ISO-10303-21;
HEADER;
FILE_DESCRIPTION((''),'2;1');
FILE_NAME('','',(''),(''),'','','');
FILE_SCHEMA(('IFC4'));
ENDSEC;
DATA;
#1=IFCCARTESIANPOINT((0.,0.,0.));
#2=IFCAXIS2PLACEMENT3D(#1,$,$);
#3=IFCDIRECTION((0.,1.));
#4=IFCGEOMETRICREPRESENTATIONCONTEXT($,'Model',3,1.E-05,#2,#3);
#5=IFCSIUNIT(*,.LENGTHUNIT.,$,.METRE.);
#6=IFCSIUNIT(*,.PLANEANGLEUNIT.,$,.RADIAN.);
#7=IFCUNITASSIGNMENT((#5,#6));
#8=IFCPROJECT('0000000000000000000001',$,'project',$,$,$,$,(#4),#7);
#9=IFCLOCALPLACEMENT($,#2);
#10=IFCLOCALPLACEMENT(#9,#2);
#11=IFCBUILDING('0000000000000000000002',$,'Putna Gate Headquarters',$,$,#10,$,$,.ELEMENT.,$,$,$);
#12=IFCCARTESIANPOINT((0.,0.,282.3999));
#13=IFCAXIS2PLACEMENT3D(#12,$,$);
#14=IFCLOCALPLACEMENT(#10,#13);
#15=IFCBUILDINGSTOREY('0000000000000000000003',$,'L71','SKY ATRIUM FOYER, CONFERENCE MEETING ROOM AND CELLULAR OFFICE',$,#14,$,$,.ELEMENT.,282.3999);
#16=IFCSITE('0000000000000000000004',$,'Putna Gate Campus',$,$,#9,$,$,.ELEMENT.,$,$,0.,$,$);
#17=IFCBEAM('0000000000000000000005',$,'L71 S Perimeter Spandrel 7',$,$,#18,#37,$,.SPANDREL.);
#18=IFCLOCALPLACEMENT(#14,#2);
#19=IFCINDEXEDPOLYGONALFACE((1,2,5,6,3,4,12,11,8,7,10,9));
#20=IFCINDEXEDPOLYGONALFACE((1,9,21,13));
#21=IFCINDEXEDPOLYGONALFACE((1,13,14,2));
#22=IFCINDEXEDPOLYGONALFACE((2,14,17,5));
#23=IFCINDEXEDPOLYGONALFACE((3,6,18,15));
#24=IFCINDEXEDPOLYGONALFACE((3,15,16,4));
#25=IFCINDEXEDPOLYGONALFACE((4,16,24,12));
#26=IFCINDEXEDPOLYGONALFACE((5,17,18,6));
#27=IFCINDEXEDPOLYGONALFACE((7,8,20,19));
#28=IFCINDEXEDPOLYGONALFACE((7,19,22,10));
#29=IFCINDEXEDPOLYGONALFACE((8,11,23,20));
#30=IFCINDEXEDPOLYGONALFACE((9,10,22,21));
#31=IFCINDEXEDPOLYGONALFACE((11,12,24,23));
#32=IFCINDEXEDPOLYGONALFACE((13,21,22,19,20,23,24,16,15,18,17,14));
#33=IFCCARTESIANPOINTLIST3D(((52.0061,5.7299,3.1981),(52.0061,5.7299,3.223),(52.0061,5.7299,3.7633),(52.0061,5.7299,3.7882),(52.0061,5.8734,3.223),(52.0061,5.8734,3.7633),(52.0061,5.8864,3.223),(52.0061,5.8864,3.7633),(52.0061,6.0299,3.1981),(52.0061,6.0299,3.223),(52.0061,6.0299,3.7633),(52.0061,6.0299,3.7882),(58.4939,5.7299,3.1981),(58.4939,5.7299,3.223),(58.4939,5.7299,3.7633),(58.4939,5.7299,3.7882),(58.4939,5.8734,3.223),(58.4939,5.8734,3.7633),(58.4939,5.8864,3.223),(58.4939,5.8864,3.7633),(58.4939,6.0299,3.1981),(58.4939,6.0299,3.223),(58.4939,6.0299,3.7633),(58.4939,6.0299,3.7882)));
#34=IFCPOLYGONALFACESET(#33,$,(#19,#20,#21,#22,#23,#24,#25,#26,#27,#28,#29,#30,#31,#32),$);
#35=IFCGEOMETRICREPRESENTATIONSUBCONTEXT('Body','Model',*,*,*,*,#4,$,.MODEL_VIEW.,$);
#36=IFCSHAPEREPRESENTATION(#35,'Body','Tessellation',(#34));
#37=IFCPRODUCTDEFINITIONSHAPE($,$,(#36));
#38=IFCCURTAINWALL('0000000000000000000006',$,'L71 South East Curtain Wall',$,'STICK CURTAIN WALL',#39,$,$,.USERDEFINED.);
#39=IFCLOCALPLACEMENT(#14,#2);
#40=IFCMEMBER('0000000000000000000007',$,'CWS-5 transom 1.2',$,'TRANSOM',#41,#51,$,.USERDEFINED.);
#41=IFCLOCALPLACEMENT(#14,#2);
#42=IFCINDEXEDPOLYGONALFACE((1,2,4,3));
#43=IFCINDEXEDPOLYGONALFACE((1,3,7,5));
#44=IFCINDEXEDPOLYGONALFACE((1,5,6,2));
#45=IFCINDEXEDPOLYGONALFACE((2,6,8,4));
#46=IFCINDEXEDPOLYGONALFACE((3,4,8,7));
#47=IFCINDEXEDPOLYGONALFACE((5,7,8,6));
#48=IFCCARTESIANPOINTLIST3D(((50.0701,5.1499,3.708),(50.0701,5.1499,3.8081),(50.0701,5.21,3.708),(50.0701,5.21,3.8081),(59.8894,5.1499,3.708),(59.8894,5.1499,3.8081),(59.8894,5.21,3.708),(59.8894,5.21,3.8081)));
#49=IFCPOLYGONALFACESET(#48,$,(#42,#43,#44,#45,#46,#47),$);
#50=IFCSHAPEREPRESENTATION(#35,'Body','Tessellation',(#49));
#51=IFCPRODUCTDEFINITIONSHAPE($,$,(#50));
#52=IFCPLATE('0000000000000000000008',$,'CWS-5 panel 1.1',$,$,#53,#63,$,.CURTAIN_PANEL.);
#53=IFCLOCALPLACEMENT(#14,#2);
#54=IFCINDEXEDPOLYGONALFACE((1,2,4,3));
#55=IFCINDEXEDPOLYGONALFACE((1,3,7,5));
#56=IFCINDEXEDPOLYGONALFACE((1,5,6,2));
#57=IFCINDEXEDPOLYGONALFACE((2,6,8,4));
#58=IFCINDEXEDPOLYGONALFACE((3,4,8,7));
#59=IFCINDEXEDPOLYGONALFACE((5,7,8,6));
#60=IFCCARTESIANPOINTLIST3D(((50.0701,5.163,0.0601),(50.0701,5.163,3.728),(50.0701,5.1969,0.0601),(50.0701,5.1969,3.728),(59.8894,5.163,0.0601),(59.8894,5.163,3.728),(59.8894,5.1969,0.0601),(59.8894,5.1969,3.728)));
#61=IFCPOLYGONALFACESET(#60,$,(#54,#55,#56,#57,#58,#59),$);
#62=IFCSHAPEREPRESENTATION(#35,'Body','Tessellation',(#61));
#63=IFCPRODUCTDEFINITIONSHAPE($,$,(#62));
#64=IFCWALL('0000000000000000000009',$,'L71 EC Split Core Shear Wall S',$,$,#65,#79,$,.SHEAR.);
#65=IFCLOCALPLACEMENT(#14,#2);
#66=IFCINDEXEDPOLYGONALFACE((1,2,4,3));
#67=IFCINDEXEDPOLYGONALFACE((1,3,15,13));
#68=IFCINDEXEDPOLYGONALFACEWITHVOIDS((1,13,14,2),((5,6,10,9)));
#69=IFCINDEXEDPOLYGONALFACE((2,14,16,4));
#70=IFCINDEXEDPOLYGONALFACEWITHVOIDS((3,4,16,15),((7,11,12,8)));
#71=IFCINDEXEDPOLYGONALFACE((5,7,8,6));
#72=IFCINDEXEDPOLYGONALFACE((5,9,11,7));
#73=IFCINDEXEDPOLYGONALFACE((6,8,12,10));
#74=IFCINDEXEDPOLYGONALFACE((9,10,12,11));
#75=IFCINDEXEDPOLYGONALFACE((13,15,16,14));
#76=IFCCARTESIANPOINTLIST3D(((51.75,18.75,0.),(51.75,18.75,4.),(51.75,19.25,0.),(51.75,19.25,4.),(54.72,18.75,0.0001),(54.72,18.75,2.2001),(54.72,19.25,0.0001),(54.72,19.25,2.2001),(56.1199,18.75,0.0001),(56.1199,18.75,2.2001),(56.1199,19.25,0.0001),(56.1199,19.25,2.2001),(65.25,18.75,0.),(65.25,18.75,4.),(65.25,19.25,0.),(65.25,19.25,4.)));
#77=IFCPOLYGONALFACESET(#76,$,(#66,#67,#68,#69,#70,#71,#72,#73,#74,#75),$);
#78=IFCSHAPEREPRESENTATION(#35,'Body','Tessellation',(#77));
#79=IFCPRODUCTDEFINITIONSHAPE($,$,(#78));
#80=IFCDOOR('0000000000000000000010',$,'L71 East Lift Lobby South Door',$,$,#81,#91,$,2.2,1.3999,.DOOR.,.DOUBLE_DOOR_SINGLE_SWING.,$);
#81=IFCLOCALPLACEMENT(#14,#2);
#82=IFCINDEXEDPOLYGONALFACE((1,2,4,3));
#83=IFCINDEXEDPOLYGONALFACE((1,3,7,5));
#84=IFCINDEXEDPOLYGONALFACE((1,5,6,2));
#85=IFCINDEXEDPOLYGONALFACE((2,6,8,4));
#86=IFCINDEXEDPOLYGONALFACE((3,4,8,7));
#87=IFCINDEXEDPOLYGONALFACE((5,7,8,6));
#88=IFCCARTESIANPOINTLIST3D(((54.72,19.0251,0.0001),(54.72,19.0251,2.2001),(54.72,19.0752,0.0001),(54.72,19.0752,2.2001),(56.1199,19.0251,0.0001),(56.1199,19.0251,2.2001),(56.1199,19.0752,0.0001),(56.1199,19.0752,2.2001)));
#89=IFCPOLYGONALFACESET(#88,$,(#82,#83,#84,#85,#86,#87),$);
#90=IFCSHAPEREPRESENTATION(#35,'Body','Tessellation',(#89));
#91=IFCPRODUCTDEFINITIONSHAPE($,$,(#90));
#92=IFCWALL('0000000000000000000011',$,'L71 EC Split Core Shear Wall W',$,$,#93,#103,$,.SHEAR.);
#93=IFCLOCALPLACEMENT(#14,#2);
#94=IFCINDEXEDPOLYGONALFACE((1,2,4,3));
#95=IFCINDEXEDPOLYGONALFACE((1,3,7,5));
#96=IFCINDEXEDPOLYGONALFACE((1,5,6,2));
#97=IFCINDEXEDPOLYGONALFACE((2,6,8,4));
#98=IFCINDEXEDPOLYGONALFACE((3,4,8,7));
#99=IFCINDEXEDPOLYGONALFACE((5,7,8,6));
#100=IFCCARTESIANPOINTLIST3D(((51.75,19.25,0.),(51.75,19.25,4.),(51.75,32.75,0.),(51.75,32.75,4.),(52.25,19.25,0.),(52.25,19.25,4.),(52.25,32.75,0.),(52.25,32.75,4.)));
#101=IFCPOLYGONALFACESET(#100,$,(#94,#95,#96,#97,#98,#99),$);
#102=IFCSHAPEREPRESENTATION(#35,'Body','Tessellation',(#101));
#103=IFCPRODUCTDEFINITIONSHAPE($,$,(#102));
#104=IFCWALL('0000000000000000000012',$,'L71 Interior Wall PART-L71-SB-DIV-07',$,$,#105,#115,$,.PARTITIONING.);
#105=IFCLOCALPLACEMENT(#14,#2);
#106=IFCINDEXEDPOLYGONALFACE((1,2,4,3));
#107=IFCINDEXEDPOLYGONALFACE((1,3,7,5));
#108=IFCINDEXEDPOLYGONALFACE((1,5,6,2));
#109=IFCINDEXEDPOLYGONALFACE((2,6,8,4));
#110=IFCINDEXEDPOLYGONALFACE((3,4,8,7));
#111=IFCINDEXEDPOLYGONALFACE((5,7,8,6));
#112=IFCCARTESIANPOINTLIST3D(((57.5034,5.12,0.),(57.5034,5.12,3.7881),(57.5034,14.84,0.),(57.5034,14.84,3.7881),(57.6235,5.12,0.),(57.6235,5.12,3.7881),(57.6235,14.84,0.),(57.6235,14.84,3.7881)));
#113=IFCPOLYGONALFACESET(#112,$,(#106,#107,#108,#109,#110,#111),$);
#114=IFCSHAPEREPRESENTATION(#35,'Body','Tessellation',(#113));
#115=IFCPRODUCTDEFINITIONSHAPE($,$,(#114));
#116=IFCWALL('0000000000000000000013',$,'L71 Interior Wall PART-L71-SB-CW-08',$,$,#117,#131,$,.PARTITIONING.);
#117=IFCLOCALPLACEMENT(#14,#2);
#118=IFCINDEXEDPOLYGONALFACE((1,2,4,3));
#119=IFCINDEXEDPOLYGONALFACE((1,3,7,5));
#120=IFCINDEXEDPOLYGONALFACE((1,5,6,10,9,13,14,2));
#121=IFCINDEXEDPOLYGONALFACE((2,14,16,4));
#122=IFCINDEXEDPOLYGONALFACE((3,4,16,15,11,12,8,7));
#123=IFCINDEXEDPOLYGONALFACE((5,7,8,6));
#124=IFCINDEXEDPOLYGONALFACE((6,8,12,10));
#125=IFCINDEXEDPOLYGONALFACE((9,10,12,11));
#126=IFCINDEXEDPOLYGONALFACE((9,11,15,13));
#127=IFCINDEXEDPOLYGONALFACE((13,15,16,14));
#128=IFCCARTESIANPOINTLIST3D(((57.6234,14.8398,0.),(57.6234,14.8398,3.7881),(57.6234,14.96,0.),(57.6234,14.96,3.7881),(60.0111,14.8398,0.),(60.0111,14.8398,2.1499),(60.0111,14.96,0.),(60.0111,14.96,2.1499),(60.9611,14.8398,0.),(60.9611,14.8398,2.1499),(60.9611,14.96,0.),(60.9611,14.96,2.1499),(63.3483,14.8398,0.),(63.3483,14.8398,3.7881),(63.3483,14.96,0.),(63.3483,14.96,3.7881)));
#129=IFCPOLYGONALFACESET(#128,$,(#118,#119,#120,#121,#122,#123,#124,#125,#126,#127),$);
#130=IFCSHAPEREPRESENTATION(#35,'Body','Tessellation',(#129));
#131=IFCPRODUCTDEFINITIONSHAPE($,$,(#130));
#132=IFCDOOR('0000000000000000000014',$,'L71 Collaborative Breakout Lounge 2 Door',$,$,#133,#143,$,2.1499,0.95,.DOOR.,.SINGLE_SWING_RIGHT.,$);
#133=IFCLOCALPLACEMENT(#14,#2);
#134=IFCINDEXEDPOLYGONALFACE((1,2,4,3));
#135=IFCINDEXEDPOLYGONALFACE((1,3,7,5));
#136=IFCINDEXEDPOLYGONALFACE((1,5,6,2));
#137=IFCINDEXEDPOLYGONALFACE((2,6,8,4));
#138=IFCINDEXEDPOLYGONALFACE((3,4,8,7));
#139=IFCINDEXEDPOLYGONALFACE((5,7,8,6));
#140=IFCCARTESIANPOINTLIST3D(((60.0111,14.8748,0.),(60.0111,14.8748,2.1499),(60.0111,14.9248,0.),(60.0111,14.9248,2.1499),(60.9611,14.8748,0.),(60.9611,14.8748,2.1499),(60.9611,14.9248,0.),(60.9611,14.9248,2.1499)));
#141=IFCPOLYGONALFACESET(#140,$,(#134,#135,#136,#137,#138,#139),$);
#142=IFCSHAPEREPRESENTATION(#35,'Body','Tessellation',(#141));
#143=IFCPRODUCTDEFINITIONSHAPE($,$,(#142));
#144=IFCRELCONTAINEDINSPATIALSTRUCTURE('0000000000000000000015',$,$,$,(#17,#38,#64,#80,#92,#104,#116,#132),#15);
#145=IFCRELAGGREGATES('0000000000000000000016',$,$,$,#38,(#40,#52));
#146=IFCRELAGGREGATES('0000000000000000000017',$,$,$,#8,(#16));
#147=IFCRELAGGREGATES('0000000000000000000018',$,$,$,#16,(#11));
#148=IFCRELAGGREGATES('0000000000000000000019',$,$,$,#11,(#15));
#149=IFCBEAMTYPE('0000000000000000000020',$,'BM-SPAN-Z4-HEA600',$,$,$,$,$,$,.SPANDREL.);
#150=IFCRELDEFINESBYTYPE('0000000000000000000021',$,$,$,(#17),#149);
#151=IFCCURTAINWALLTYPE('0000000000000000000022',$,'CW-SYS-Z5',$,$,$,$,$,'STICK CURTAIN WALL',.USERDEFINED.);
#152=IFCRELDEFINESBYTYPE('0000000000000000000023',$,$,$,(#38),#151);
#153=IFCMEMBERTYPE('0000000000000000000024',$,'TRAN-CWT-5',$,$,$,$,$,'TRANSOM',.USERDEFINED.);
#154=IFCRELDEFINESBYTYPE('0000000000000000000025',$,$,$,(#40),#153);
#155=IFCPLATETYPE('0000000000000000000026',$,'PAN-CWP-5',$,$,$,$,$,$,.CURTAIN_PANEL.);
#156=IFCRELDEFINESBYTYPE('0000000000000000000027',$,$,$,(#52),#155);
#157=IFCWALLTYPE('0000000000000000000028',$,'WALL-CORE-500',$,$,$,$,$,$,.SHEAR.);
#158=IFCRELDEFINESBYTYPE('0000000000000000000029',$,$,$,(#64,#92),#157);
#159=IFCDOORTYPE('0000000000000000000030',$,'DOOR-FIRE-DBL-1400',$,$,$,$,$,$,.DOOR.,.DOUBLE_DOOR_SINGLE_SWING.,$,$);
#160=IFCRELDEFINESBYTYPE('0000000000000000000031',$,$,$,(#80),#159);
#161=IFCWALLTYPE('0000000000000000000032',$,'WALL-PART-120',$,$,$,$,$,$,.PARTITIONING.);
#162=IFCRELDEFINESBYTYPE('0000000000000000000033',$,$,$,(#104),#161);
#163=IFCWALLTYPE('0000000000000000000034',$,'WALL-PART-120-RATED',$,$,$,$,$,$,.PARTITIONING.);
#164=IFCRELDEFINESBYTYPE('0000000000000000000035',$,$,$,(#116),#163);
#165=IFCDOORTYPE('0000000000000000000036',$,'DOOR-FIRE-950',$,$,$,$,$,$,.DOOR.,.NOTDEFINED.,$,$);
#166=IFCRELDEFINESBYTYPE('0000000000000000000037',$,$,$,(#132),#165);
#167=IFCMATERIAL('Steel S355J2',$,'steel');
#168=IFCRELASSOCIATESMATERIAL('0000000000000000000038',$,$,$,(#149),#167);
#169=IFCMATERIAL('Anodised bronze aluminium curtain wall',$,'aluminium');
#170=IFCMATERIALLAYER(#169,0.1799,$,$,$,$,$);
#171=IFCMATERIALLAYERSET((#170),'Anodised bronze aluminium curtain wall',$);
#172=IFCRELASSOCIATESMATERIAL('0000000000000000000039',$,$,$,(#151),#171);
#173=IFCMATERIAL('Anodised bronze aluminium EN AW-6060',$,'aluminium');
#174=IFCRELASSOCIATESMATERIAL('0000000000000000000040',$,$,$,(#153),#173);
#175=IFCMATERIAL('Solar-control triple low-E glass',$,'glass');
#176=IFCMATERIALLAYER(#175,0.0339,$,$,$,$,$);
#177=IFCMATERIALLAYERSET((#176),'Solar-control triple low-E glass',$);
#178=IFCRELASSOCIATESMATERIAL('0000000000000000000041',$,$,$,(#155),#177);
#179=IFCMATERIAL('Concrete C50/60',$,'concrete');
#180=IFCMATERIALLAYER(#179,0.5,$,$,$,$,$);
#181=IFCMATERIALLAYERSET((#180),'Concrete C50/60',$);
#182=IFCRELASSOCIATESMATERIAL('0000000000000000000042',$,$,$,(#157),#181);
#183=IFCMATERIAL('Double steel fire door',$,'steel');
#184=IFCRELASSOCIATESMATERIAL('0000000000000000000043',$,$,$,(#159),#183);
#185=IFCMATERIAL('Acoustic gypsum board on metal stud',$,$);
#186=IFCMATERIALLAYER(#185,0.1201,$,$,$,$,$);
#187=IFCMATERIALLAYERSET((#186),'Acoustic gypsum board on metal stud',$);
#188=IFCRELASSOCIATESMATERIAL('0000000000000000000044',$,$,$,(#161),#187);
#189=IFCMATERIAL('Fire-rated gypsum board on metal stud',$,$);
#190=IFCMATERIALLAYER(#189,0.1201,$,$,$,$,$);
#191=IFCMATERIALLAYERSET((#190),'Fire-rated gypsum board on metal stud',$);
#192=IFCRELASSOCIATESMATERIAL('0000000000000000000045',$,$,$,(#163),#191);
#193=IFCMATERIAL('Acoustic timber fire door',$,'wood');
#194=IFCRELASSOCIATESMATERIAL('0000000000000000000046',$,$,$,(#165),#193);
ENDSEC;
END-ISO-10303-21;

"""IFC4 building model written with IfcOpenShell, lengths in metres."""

from ifc_helpers import new_model, si_unit, direction, frame, frame_2d, origin, origin_2d, place, context, subcontext, project, spatial, rectangle, i_section, extrude, material, layer, layer_set, material_profile, profile_set, type_object, element, fill, aggregate, save


model = new_model("IFC4")

# Units and contexts
model_context = context("Model", 3, precision=1e-05, world=origin(), true_north=direction((0.0, 1.0)))
body_context = subcontext(model_context, "Body", "Model", "MODEL_VIEW")
ifc_project = project(units=[si_unit("LENGTHUNIT", "METRE"), si_unit("PLANEANGLEUNIT", "RADIAN")], contexts=[model_context])

# Site, building, storey
site_placement = place(None, origin())
site = spatial("IfcSite", under=ifc_project, at=site_placement, Name="Putna Gate Campus", CompositionType="ELEMENT", RefElevation=0.0)
building_placement = place(site_placement, origin())
building = spatial("IfcBuilding", under=site, at=building_placement, Name="Putna Gate Headquarters", CompositionType="ELEMENT")
storey_placement = place(building_placement, frame((0.0, 0.0, 282.3999)))
storey = spatial("IfcBuildingStorey", under=building, at=storey_placement, Name="L71", Description="SKY ATRIUM FOYER, CONFERENCE MEETING ROOM AND CELLULAR OFFICE", CompositionType="ELEMENT", Elevation=282.3999)

# Beam
ifc_material_1 = material(Name="Steel S355J2", Category="steel")
ifc_material_profile_1 = material_profile(ifc_material_1, i_section(OverallWidth=0.3, OverallDepth=0.5901, WebThickness=0.0129, FlangeThickness=0.0249, at=origin_2d()), Name="Steel S355J2")
ifc_profile_set_1 = profile_set([ifc_material_profile_1], Name="Steel S355J2")
beam_type_1 = type_object("IfcBeamType", Name="BM-SPAN-Z4-HEA600", PredefinedType="SPANDREL", material=ifc_profile_set_1)
beam_1_placement = place(storey_placement, frame((52.0061, 5.8799, 3.4932), z_axis=(1.0, 0.0, 0.0), x_axis=(0.0, 1.0, 0.0)))
element("IfcBeam", 1, at=beam_1_placement, inside=storey, type_object=beam_type_1, Name="L71 S Perimeter Spandrel 7", PredefinedType="SPANDREL", context=body_context, shape_type="SweptSolid", body=[
    extrude(i_section(OverallWidth=0.3, OverallDepth=0.5901, WebThickness=0.0129, FlangeThickness=0.0249, at=origin_2d()), origin(), (0.0, 0.0, 1.0), 6.4878),
])

# Curtain wall, member, plate
ifc_material_2 = material(Name="Anodised bronze aluminium curtain wall", Category="aluminium")
ifc_layer_1 = layer(ifc_material_2, 0.1799)
ifc_layer_set_1 = layer_set([ifc_layer_1], Name="Anodised bronze aluminium curtain wall")
curtain_wall_type = type_object("IfcCurtainWallType", Name="CW-SYS-Z5", ElementType="STICK CURTAIN WALL", PredefinedType="USERDEFINED", material=ifc_layer_set_1)
curtain_wall_placement = place(storey_placement, origin())
curtain_wall = element("IfcCurtainWall", 2, at=curtain_wall_placement, inside=storey, type_object=curtain_wall_type, Name="L71 South East Curtain Wall", ObjectType="STICK CURTAIN WALL", PredefinedType="USERDEFINED")
ifc_material_3 = material(Name="Anodised bronze aluminium EN AW-6060", Category="aluminium")
ifc_material_profile_2 = material_profile(ifc_material_3, rectangle(XDim=0.0601, YDim=0.1001, at=origin_2d()), Name="Anodised bronze aluminium EN AW-6060")
ifc_profile_set_2 = profile_set([ifc_material_profile_2], Name="Anodised bronze aluminium EN AW-6060")
member_type = type_object("IfcMemberType", Name="TRAN-CWT-5", ElementType="TRANSOM", PredefinedType="USERDEFINED", material=ifc_profile_set_2)
member_placement = place(storey_placement, frame((50.0701, 5.1799, 3.7581), z_axis=(1.0, 0.0, 0.0), x_axis=(0.0, 1.0, 0.0)))
member = element("IfcMember", 3, at=member_placement, type_object=member_type, Name="CWS-5 transom 1.2", ObjectType="TRANSOM", PredefinedType="USERDEFINED", context=body_context, shape_type="SweptSolid", body=[
    extrude(rectangle(XDim=0.0601, YDim=0.1001, at=origin_2d()), origin(), (0.0, 0.0, 1.0), 9.8193),
])
ifc_material_4 = material(Name="Solar-control triple low-E glass", Category="glass")
ifc_layer_2 = layer(ifc_material_4, 0.0339)
ifc_layer_set_2 = layer_set([ifc_layer_2], Name="Solar-control triple low-E glass")
plate_type = type_object("IfcPlateType", Name="PAN-CWP-5", PredefinedType="CURTAIN_PANEL", material=ifc_layer_set_2)
plate_placement = place(storey_placement, frame((54.9797, 5.1799, 0.0601), z_axis=(0.0, 0.0, 1.0), x_axis=(1.0, 0.0, 0.0)))
plate = element("IfcPlate", 4, at=plate_placement, type_object=plate_type, Name="CWS-5 panel 1.1", PredefinedType="CURTAIN_PANEL", context=body_context, shape_type="SweptSolid", body=[
    extrude(rectangle(XDim=9.8193, YDim=0.0339, at=origin_2d()), origin(), (0.0, 0.0, 1.0), 3.668),
])
aggregate(curtain_wall, [member, plate])

# Wall, opening, door
ifc_material_5 = material(Name="Concrete C50/60", Category="concrete")
ifc_layer_3 = layer(ifc_material_5, 0.5)
ifc_layer_set_3 = layer_set([ifc_layer_3], Name="Concrete C50/60")
wall_type_1 = type_object("IfcWallType", Name="WALL-CORE-500", PredefinedType="SHEAR", material=ifc_layer_set_3)
wall_1_placement = place(storey_placement, frame((51.75, 19.0, 0.0), z_axis=(0.0, 0.0, 1.0), x_axis=(1.0, 0.0, 0.0)))
wall_1 = element("IfcWall", 5, at=wall_1_placement, inside=storey, type_object=wall_type_1, Name="L71 EC Split Core Shear Wall S", PredefinedType="SHEAR", context=body_context, shape_type="SweptSolid", body=[
    extrude(rectangle(XDim=13.5, YDim=0.5, at=frame_2d((6.75, 0.0))), origin(), (0.0, 0.0, 1.0), 4.0),
])
opening_1_placement = place(wall_1_placement, frame((2.97, 0.0, 0.0)))
opening_1 = element("IfcOpeningElement", 6, at=opening_1_placement, cuts=wall_1, PredefinedType="OPENING", context=body_context, shape_type="SweptSolid", body=[
    extrude(rectangle(XDim=1.3999, YDim=2.2, at=frame_2d((0.7, 1.1001))), frame((0.0, 0.26, 0.0), z_axis=(0.0, -1.0, 0.0), x_axis=(1.0, 0.0, 0.0)), (0.0, 0.0, 1.0), 0.52),
])
ifc_material_6 = material(Name="Double steel fire door", Category="steel")
door_type_1 = type_object("IfcDoorType", Name="DOOR-FIRE-DBL-1400", OperationType="DOUBLE_DOOR_SINGLE_SWING", PredefinedType="DOOR", material=ifc_material_6)
door_1_placement = place(opening_1_placement, origin())
door_1 = element("IfcDoor", 7, at=door_1_placement, inside=storey, type_object=door_type_1, Name="L71 East Lift Lobby South Door", OperationType="DOUBLE_DOOR_SINGLE_SWING", OverallHeight=2.2, OverallWidth=1.3999, PredefinedType="DOOR", context=body_context, shape_type="SweptSolid", body=[
    extrude(rectangle(XDim=1.3999, YDim=2.2, at=frame_2d((0.7, 1.1001))), frame((0.0, 0.0752, 0.0), z_axis=(0.0, -1.0, 0.0), x_axis=(1.0, 0.0, 0.0)), (0.0, 0.0, 1.0), 0.05),
])
fill(opening_1, door_1)

# Walls
wall_2_placement = place(storey_placement, frame((52.0, 19.25, 0.0), z_axis=(0.0, 0.0, 1.0), x_axis=(0.0, 1.0, 0.0)))
element("IfcWall", 8, at=wall_2_placement, inside=storey, type_object=wall_type_1, Name="L71 EC Split Core Shear Wall W", PredefinedType="SHEAR", context=body_context, shape_type="SweptSolid", body=[
    extrude(rectangle(XDim=13.5, YDim=0.5, at=frame_2d((6.75, 0.0))), origin(), (0.0, 0.0, 1.0), 4.0),
])
ifc_material_7 = material(Name="Acoustic gypsum board on metal stud")
ifc_layer_4 = layer(ifc_material_7, 0.1201)
ifc_layer_set_4 = layer_set([ifc_layer_4], Name="Acoustic gypsum board on metal stud")
wall_type_2 = type_object("IfcWallType", Name="WALL-PART-120", PredefinedType="PARTITIONING", material=ifc_layer_set_4)
wall_3_placement = place(storey_placement, frame((57.5635, 5.1201, 0.0), z_axis=(0.0, 0.0, 1.0), x_axis=(0.0, 1.0, 0.0)))
element("IfcWall", 9, at=wall_3_placement, inside=storey, type_object=wall_type_2, Name="L71 Interior Wall PART-L71-SB-DIV-07", PredefinedType="PARTITIONING", context=body_context, shape_type="SweptSolid", body=[
    extrude(rectangle(XDim=9.72, YDim=0.1201, at=frame_2d((4.8599, 0.0))), origin(), (0.0, 0.0, 1.0), 3.7881),
])

# Wall, opening, door
ifc_material_8 = material(Name="Fire-rated gypsum board on metal stud")
ifc_layer_5 = layer(ifc_material_8, 0.1201)
ifc_layer_set_5 = layer_set([ifc_layer_5], Name="Fire-rated gypsum board on metal stud")
wall_type_3 = type_object("IfcWallType", Name="WALL-PART-120-RATED", PredefinedType="PARTITIONING", material=ifc_layer_set_5)
wall_4_placement = place(storey_placement, frame((57.6235, 14.8999, 0.0), z_axis=(0.0, 0.0, 1.0), x_axis=(1.0, 0.0, 0.0)))
wall_4 = element("IfcWall", 10, at=wall_4_placement, inside=storey, type_object=wall_type_3, Name="L71 Interior Wall PART-L71-SB-CW-08", PredefinedType="PARTITIONING", context=body_context, shape_type="SweptSolid", body=[
    extrude(rectangle(XDim=5.7249, YDim=0.1201, at=frame_2d((2.8623, 0.0))), origin(), (0.0, 0.0, 1.0), 3.7881),
])
opening_2_placement = place(wall_4_placement, frame((2.3875, 0.0, 0.0)))
opening_2 = element("IfcOpeningElement", 11, at=opening_2_placement, cuts=wall_4, PredefinedType="OPENING", context=body_context, shape_type="SweptSolid", body=[
    extrude(rectangle(XDim=0.95, YDim=2.1499, at=frame_2d((0.4751, 1.075))), frame((0.0, 0.0701, 0.0), z_axis=(0.0, -1.0, 0.0), x_axis=(1.0, 0.0, 0.0)), (0.0, 0.0, 1.0), 0.1401),
])
ifc_material_9 = material(Name="Acoustic timber fire door", Category="wood")
door_type_2 = type_object("IfcDoorType", Name="DOOR-FIRE-950", OperationType="NOTDEFINED", PredefinedType="DOOR", material=ifc_material_9)
door_2_placement = place(opening_2_placement, origin())
door_2 = element("IfcDoor", 12, at=door_2_placement, inside=storey, type_object=door_type_2, Name="L71 Collaborative Breakout Lounge 2 Door", OperationType="SINGLE_SWING_RIGHT", OverallHeight=2.1499, OverallWidth=0.95, PredefinedType="DOOR", context=body_context, shape_type="SweptSolid", body=[
    extrude(rectangle(XDim=0.95, YDim=2.1499, at=frame_2d((0.4751, 1.075))), frame((0.0, 0.0249, 0.0), z_axis=(0.0, -1.0, 0.0), x_axis=(1.0, 0.0, 0.0)), (0.0, 0.0, 1.0), 0.05),
])
fill(opening_2, door_2)

save(model, "model.ifc")
